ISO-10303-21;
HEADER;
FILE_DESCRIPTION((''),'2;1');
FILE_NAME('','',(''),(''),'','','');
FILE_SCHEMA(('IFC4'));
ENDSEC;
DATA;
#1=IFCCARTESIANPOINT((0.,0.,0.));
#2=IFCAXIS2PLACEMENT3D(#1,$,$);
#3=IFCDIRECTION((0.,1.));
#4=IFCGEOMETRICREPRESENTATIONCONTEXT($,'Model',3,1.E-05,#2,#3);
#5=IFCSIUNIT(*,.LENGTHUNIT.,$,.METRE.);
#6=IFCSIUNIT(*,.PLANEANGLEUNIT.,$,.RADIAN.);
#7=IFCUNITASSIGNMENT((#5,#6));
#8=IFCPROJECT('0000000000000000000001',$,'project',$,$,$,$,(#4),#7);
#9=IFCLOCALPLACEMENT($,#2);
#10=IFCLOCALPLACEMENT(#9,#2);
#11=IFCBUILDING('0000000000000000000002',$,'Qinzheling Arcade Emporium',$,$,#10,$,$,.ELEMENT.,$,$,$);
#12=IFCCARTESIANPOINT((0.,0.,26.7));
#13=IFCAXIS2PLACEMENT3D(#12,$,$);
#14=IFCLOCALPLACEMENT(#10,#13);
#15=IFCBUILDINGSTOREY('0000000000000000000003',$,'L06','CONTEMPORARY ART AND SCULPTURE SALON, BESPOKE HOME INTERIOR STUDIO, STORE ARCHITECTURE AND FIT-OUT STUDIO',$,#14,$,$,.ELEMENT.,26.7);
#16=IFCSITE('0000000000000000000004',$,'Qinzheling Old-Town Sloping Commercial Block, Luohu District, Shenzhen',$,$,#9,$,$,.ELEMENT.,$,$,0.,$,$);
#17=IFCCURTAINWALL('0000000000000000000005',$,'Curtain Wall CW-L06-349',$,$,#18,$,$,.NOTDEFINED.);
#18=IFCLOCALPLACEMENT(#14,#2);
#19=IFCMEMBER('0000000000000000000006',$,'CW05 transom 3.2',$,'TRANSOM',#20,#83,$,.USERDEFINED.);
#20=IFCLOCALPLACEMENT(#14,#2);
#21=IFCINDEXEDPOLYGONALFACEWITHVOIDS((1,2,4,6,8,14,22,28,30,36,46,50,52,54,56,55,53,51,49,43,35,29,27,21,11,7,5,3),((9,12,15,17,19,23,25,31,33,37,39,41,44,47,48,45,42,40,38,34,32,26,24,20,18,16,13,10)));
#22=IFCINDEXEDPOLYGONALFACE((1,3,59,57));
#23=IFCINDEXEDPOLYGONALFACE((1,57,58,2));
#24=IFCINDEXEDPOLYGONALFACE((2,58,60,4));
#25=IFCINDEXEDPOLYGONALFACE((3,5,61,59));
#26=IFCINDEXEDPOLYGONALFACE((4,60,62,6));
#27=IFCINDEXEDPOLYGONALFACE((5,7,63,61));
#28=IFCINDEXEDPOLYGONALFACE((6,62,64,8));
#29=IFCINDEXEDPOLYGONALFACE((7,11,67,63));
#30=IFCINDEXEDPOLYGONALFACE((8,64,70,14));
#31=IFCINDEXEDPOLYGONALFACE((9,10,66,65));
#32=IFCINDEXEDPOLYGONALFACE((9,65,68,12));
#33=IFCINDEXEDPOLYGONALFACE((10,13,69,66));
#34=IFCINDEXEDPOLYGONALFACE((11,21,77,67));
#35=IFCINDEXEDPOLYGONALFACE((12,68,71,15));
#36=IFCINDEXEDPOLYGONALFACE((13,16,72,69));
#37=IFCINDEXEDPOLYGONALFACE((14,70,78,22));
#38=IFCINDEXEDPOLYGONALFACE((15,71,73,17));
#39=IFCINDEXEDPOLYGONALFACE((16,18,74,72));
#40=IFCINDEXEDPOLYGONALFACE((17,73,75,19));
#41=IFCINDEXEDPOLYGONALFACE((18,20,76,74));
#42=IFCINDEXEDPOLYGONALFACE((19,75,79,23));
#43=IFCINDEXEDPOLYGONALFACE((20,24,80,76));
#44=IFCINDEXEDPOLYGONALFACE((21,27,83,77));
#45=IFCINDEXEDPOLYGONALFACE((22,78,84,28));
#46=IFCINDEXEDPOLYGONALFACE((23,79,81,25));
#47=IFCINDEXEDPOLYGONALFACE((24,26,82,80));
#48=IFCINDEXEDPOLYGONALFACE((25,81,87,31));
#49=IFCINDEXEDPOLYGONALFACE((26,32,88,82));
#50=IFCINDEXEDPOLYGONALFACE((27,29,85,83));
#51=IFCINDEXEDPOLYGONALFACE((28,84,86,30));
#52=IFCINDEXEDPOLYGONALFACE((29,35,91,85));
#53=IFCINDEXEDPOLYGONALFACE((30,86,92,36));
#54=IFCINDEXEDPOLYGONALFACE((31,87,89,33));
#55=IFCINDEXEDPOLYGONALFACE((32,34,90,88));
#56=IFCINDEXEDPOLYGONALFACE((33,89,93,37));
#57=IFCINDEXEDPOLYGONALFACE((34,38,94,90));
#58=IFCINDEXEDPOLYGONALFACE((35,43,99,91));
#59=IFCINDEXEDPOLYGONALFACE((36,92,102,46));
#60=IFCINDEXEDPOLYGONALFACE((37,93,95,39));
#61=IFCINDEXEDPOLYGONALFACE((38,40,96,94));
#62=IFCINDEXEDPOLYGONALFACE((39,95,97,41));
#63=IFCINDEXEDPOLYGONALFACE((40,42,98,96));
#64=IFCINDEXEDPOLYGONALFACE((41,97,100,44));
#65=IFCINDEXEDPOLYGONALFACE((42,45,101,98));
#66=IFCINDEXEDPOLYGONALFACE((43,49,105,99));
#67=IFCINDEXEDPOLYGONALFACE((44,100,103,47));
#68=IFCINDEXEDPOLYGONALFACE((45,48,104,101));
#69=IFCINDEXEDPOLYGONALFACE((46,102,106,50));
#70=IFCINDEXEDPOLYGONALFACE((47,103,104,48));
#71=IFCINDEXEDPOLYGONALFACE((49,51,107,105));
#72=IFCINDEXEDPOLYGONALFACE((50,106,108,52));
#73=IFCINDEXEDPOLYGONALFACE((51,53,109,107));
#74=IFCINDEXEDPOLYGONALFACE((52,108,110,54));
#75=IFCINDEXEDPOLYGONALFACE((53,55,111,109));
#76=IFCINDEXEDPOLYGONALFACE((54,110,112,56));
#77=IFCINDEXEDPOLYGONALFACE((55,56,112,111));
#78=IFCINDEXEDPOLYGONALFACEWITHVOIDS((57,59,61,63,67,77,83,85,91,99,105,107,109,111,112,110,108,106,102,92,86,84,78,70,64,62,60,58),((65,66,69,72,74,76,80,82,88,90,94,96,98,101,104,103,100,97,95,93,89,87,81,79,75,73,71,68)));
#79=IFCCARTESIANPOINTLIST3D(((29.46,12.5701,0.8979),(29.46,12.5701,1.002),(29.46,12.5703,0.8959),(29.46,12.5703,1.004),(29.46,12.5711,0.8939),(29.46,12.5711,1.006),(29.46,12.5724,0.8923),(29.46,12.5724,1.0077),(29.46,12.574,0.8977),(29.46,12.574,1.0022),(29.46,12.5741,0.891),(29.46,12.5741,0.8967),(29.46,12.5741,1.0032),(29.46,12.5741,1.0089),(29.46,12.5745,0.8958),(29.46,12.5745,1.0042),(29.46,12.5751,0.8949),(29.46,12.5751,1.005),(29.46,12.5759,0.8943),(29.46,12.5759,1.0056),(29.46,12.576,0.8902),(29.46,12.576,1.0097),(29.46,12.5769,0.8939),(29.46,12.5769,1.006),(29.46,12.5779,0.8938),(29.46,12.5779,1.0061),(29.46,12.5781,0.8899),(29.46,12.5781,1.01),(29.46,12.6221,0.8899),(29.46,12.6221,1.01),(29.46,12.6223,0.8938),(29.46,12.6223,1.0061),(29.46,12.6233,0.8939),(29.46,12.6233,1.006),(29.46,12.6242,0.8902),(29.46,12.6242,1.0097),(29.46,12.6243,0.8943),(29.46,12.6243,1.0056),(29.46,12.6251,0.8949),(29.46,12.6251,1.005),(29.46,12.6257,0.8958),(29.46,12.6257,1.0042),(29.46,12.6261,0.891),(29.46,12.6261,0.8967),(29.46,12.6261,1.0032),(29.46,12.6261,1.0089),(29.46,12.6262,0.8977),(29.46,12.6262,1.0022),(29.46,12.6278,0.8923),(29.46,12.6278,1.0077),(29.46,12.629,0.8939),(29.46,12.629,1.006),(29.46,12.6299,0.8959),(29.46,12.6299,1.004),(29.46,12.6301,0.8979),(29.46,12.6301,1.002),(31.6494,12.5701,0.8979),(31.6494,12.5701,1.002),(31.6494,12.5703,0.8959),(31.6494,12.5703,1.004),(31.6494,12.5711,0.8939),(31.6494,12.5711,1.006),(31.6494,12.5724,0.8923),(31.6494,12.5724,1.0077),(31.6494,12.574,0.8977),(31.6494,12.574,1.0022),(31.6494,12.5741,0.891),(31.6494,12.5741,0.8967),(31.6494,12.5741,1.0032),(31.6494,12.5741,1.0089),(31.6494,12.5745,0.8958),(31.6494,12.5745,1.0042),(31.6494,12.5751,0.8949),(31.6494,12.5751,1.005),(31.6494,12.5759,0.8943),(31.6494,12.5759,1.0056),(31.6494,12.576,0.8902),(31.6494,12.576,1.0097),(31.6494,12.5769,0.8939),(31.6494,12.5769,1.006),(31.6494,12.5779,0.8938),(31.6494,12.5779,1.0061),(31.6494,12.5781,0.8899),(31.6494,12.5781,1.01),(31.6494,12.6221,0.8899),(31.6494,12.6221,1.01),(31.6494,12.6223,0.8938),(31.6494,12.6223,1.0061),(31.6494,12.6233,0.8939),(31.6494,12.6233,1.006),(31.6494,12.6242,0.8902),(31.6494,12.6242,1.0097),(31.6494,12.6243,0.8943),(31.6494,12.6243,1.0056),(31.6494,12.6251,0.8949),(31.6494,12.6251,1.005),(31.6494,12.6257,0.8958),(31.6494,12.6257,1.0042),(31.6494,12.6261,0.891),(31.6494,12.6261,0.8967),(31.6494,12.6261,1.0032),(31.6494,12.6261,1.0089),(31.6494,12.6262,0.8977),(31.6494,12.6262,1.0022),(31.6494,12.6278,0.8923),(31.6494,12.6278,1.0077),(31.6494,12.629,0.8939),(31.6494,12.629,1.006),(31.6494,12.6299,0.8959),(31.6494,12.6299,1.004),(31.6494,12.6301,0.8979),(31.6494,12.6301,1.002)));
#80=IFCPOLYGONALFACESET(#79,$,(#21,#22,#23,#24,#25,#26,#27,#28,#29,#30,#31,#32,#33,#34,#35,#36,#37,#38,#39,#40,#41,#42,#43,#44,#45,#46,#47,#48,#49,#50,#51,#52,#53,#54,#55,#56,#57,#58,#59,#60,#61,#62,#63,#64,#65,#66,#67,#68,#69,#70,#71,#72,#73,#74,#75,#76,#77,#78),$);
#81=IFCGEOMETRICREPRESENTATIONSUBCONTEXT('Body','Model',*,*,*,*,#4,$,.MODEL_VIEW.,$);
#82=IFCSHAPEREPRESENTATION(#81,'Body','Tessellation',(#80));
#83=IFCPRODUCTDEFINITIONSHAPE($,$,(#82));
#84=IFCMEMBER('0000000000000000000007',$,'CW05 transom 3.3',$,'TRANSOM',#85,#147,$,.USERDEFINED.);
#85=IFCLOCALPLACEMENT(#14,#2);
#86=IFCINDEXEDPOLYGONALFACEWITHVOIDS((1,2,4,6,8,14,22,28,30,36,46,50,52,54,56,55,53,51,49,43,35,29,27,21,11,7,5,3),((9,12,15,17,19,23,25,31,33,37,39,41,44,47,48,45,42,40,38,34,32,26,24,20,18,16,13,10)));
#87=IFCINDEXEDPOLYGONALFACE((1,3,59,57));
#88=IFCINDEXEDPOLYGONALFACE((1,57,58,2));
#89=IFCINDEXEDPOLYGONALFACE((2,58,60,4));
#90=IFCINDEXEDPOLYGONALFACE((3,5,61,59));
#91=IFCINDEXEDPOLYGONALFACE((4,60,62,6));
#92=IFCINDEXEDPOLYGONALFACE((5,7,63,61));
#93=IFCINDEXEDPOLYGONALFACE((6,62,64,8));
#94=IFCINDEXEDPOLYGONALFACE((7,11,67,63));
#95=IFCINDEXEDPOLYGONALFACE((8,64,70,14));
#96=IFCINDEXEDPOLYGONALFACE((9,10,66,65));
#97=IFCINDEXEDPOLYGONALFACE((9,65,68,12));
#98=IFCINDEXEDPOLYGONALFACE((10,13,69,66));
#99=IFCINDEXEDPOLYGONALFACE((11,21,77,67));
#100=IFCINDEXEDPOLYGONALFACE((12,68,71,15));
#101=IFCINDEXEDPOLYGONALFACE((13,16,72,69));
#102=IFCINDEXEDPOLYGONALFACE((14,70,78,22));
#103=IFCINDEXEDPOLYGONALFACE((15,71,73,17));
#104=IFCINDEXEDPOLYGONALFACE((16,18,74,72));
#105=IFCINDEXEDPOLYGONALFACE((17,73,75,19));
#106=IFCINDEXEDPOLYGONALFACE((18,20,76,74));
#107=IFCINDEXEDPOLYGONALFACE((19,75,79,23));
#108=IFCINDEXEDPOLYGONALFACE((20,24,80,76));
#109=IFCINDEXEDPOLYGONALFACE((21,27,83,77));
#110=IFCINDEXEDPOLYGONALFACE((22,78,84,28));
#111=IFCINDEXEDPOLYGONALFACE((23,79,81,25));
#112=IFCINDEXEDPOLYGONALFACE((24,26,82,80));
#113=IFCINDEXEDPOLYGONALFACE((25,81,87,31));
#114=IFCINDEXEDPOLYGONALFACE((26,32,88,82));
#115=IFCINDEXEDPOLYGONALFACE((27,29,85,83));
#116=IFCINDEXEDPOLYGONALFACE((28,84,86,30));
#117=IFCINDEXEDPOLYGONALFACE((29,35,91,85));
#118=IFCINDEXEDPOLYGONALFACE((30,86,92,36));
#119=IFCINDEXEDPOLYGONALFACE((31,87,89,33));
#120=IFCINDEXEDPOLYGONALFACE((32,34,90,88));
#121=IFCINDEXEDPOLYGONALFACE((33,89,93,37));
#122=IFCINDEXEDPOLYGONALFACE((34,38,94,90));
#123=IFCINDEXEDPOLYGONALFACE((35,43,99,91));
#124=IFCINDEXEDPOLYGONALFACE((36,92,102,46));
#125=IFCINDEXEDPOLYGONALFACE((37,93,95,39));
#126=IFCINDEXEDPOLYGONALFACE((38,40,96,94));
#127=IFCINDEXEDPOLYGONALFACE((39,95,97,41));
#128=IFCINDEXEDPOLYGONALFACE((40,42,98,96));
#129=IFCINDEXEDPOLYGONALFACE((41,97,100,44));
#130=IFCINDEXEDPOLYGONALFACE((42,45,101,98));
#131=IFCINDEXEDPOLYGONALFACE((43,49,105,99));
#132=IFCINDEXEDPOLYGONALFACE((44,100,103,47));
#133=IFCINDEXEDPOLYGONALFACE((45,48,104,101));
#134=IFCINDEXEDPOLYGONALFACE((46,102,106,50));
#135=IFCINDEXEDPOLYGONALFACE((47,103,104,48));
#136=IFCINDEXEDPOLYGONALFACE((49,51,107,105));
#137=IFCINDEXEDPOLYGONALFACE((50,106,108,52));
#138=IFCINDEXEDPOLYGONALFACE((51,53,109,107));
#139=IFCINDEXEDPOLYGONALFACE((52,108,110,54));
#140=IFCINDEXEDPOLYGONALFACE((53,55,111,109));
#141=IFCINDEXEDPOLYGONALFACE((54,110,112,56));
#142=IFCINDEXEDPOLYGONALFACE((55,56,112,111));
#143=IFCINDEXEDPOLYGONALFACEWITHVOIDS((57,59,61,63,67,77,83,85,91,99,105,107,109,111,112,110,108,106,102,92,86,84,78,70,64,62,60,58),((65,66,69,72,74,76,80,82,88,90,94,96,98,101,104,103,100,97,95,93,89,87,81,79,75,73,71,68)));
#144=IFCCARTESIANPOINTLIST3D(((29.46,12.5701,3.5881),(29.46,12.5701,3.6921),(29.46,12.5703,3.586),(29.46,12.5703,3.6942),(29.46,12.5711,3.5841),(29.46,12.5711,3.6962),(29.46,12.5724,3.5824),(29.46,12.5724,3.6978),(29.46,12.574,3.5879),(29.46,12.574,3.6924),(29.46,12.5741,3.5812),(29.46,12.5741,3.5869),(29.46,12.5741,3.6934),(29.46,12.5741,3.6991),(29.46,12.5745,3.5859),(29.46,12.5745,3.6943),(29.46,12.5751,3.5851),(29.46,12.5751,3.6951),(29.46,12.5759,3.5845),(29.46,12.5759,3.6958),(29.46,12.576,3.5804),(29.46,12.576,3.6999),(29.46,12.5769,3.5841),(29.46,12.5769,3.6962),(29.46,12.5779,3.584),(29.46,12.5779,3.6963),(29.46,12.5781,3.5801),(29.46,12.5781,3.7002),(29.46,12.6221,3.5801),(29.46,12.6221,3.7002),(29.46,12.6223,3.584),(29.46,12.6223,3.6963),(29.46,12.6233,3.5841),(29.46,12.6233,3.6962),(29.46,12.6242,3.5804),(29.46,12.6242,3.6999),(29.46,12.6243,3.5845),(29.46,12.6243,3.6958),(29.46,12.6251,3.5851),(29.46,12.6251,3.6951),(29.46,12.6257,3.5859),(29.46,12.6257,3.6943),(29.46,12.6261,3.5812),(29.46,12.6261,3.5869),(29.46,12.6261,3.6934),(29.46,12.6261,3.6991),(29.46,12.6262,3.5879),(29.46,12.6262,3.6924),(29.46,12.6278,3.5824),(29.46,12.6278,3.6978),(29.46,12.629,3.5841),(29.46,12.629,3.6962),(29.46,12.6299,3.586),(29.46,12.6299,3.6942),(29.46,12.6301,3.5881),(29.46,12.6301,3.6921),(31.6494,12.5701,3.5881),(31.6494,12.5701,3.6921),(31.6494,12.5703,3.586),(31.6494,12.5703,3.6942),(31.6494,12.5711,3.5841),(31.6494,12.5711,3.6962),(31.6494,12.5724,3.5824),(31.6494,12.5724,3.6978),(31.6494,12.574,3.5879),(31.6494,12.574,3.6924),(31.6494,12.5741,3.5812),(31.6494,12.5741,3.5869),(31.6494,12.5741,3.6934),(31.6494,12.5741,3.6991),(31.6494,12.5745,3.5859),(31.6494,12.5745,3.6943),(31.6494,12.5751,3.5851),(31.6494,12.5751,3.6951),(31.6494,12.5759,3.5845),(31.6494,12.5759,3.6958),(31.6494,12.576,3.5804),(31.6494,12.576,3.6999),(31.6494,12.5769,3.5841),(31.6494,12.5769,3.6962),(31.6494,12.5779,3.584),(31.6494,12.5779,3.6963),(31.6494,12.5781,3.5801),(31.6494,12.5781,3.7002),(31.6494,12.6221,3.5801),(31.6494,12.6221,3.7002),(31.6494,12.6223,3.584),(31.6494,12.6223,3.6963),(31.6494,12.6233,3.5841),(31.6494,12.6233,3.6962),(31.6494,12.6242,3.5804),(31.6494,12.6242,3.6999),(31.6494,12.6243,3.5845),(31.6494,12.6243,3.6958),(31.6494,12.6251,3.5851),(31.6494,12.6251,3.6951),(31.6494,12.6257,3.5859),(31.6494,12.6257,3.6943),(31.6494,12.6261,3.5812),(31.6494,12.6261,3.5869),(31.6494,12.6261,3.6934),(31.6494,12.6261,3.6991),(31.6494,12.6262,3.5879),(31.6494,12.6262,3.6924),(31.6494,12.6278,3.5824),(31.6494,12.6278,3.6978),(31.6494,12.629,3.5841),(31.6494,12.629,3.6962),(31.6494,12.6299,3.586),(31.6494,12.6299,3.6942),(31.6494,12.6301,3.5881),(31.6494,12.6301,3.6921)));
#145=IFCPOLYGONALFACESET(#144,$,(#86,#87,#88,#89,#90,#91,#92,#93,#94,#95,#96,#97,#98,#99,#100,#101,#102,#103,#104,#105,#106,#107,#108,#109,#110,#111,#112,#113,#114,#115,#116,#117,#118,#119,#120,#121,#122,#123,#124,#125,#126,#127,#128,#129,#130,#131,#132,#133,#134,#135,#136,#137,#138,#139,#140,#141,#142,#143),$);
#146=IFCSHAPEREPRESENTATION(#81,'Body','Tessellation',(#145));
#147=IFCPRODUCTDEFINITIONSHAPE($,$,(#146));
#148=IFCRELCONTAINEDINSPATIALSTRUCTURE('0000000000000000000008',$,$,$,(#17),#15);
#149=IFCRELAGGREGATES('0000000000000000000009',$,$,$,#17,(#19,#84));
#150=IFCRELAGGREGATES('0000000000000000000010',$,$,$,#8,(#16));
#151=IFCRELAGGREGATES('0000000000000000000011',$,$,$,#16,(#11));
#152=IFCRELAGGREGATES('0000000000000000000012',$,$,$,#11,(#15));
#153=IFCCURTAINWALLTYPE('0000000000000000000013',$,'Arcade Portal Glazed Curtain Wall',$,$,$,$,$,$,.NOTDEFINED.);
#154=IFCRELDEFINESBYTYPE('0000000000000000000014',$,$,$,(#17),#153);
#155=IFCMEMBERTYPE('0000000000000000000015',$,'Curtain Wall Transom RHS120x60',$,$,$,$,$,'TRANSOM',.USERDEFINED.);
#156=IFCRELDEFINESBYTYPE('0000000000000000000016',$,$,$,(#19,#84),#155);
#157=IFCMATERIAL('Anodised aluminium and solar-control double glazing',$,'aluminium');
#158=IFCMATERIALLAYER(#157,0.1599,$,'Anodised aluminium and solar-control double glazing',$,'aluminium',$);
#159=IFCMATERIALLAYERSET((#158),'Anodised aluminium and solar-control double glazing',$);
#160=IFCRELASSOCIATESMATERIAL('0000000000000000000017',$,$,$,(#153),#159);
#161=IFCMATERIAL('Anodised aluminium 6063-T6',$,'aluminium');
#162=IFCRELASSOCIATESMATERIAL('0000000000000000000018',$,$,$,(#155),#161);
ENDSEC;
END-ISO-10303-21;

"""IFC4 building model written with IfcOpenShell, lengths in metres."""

from ifc_helpers import new_model, si_unit, direction, frame, origin, origin_2d, place, context, subcontext, project, spatial, hollow_rectangle, extrude, material, layer, layer_set, material_profile, profile_set, type_object, element, aggregate, save


model = new_model("IFC4")

# Units and contexts
model_context = context("Model", 3, precision=1e-05, world=origin(), true_north=direction((0.0, 1.0)))
body_context = subcontext(model_context, "Body", "Model", "MODEL_VIEW")
ifc_project = project(units=[si_unit("LENGTHUNIT", "METRE"), si_unit("PLANEANGLEUNIT", "RADIAN")], contexts=[model_context])

# Site, building, storey
site_placement = place(None, origin())
site = spatial("IfcSite", under=ifc_project, at=site_placement, Name="Qinzheling Old-Town Sloping Commercial Block, Luohu District, Shenzhen", CompositionType="ELEMENT", RefElevation=0.0)
building_placement = place(site_placement, origin())
building = spatial("IfcBuilding", under=site, at=building_placement, Name="Qinzheling Arcade Emporium", CompositionType="ELEMENT")
storey_placement = place(building_placement, frame((0.0, 0.0, 26.7)))
storey = spatial("IfcBuildingStorey", under=building, at=storey_placement, Name="L06", Description="CONTEMPORARY ART AND SCULPTURE SALON, BESPOKE HOME INTERIOR STUDIO, STORE ARCHITECTURE AND FIT-OUT STUDIO", CompositionType="ELEMENT", Elevation=26.7)

# Curtain wall
ifc_material_1 = material(Name="Anodised aluminium and solar-control double glazing", Category="aluminium")
ifc_layer_1 = layer(ifc_material_1, 0.1599, Name="Anodised aluminium and solar-control double glazing", Category="aluminium")
ifc_layer_set_1 = layer_set([ifc_layer_1], Name="Anodised aluminium and solar-control double glazing")
curtain_wall_type_1 = type_object("IfcCurtainWallType", Name="Arcade Portal Glazed Curtain Wall", PredefinedType="NOTDEFINED", material=ifc_layer_set_1)
curtain_wall_1_placement = place(storey_placement, origin())
curtain_wall_1 = element("IfcCurtainWall", 1, at=curtain_wall_1_placement, inside=storey, type_object=curtain_wall_type_1, Name="Curtain Wall CW-L06-349", PredefinedType="NOTDEFINED")
ifc_material_2 = material(Name="Anodised aluminium 6063-T6", Category="aluminium")

# Members
ifc_material_profile_1 = material_profile(ifc_material_2, hollow_rectangle(XDim=0.0601, YDim=0.1201, WallThickness=0.0039, InnerFilletRadius=0.0039, OuterFilletRadius=0.0081, at=origin_2d()), Name="RHS 120x60x4", Category="aluminium")
ifc_profile_set_1 = profile_set([ifc_material_profile_1], Name="Anodised aluminium 6063-T6")
member_type_1 = type_object("IfcMemberType", Name="Curtain Wall Transom RHS120x60", ElementType="TRANSOM", PredefinedType="USERDEFINED", material=ifc_profile_set_1)
member_1_placement = place(storey_placement, frame((31.6494, 12.6001, 0.95), z_axis=(-1.0, 0.0, 0.0), x_axis=(0.0, -1.0, 0.0)))
member_1 = element("IfcMember", 2, at=member_1_placement, type_object=member_type_1, Name="CW05 transom 3.2", ObjectType="TRANSOM", PredefinedType="USERDEFINED", context=body_context, shape_type="SweptSolid", body=[
    extrude(hollow_rectangle(XDim=0.0601, YDim=0.1201, WallThickness=0.0039, InnerFilletRadius=0.0039, OuterFilletRadius=0.0081, at=origin_2d()), origin(), (0.0, 0.0, 1.0), 2.1895),
])
member_2_placement = place(storey_placement, frame((31.6494, 12.6001, 3.6401), z_axis=(-1.0, 0.0, 0.0), x_axis=(0.0, -1.0, 0.0)))
member_2 = element("IfcMember", 3, at=member_2_placement, type_object=member_type_1, Name="CW05 transom 3.3", ObjectType="TRANSOM", PredefinedType="USERDEFINED", context=body_context, shape_type="SweptSolid", body=[
    extrude(hollow_rectangle(XDim=0.0601, YDim=0.1201, WallThickness=0.0039, InnerFilletRadius=0.0039, OuterFilletRadius=0.0081, at=origin_2d()), origin(), (0.0, 0.0, 1.0), 2.1895),
])

aggregate(curtain_wall_1, [member_1, member_2])

save(model, "model.ifc")
